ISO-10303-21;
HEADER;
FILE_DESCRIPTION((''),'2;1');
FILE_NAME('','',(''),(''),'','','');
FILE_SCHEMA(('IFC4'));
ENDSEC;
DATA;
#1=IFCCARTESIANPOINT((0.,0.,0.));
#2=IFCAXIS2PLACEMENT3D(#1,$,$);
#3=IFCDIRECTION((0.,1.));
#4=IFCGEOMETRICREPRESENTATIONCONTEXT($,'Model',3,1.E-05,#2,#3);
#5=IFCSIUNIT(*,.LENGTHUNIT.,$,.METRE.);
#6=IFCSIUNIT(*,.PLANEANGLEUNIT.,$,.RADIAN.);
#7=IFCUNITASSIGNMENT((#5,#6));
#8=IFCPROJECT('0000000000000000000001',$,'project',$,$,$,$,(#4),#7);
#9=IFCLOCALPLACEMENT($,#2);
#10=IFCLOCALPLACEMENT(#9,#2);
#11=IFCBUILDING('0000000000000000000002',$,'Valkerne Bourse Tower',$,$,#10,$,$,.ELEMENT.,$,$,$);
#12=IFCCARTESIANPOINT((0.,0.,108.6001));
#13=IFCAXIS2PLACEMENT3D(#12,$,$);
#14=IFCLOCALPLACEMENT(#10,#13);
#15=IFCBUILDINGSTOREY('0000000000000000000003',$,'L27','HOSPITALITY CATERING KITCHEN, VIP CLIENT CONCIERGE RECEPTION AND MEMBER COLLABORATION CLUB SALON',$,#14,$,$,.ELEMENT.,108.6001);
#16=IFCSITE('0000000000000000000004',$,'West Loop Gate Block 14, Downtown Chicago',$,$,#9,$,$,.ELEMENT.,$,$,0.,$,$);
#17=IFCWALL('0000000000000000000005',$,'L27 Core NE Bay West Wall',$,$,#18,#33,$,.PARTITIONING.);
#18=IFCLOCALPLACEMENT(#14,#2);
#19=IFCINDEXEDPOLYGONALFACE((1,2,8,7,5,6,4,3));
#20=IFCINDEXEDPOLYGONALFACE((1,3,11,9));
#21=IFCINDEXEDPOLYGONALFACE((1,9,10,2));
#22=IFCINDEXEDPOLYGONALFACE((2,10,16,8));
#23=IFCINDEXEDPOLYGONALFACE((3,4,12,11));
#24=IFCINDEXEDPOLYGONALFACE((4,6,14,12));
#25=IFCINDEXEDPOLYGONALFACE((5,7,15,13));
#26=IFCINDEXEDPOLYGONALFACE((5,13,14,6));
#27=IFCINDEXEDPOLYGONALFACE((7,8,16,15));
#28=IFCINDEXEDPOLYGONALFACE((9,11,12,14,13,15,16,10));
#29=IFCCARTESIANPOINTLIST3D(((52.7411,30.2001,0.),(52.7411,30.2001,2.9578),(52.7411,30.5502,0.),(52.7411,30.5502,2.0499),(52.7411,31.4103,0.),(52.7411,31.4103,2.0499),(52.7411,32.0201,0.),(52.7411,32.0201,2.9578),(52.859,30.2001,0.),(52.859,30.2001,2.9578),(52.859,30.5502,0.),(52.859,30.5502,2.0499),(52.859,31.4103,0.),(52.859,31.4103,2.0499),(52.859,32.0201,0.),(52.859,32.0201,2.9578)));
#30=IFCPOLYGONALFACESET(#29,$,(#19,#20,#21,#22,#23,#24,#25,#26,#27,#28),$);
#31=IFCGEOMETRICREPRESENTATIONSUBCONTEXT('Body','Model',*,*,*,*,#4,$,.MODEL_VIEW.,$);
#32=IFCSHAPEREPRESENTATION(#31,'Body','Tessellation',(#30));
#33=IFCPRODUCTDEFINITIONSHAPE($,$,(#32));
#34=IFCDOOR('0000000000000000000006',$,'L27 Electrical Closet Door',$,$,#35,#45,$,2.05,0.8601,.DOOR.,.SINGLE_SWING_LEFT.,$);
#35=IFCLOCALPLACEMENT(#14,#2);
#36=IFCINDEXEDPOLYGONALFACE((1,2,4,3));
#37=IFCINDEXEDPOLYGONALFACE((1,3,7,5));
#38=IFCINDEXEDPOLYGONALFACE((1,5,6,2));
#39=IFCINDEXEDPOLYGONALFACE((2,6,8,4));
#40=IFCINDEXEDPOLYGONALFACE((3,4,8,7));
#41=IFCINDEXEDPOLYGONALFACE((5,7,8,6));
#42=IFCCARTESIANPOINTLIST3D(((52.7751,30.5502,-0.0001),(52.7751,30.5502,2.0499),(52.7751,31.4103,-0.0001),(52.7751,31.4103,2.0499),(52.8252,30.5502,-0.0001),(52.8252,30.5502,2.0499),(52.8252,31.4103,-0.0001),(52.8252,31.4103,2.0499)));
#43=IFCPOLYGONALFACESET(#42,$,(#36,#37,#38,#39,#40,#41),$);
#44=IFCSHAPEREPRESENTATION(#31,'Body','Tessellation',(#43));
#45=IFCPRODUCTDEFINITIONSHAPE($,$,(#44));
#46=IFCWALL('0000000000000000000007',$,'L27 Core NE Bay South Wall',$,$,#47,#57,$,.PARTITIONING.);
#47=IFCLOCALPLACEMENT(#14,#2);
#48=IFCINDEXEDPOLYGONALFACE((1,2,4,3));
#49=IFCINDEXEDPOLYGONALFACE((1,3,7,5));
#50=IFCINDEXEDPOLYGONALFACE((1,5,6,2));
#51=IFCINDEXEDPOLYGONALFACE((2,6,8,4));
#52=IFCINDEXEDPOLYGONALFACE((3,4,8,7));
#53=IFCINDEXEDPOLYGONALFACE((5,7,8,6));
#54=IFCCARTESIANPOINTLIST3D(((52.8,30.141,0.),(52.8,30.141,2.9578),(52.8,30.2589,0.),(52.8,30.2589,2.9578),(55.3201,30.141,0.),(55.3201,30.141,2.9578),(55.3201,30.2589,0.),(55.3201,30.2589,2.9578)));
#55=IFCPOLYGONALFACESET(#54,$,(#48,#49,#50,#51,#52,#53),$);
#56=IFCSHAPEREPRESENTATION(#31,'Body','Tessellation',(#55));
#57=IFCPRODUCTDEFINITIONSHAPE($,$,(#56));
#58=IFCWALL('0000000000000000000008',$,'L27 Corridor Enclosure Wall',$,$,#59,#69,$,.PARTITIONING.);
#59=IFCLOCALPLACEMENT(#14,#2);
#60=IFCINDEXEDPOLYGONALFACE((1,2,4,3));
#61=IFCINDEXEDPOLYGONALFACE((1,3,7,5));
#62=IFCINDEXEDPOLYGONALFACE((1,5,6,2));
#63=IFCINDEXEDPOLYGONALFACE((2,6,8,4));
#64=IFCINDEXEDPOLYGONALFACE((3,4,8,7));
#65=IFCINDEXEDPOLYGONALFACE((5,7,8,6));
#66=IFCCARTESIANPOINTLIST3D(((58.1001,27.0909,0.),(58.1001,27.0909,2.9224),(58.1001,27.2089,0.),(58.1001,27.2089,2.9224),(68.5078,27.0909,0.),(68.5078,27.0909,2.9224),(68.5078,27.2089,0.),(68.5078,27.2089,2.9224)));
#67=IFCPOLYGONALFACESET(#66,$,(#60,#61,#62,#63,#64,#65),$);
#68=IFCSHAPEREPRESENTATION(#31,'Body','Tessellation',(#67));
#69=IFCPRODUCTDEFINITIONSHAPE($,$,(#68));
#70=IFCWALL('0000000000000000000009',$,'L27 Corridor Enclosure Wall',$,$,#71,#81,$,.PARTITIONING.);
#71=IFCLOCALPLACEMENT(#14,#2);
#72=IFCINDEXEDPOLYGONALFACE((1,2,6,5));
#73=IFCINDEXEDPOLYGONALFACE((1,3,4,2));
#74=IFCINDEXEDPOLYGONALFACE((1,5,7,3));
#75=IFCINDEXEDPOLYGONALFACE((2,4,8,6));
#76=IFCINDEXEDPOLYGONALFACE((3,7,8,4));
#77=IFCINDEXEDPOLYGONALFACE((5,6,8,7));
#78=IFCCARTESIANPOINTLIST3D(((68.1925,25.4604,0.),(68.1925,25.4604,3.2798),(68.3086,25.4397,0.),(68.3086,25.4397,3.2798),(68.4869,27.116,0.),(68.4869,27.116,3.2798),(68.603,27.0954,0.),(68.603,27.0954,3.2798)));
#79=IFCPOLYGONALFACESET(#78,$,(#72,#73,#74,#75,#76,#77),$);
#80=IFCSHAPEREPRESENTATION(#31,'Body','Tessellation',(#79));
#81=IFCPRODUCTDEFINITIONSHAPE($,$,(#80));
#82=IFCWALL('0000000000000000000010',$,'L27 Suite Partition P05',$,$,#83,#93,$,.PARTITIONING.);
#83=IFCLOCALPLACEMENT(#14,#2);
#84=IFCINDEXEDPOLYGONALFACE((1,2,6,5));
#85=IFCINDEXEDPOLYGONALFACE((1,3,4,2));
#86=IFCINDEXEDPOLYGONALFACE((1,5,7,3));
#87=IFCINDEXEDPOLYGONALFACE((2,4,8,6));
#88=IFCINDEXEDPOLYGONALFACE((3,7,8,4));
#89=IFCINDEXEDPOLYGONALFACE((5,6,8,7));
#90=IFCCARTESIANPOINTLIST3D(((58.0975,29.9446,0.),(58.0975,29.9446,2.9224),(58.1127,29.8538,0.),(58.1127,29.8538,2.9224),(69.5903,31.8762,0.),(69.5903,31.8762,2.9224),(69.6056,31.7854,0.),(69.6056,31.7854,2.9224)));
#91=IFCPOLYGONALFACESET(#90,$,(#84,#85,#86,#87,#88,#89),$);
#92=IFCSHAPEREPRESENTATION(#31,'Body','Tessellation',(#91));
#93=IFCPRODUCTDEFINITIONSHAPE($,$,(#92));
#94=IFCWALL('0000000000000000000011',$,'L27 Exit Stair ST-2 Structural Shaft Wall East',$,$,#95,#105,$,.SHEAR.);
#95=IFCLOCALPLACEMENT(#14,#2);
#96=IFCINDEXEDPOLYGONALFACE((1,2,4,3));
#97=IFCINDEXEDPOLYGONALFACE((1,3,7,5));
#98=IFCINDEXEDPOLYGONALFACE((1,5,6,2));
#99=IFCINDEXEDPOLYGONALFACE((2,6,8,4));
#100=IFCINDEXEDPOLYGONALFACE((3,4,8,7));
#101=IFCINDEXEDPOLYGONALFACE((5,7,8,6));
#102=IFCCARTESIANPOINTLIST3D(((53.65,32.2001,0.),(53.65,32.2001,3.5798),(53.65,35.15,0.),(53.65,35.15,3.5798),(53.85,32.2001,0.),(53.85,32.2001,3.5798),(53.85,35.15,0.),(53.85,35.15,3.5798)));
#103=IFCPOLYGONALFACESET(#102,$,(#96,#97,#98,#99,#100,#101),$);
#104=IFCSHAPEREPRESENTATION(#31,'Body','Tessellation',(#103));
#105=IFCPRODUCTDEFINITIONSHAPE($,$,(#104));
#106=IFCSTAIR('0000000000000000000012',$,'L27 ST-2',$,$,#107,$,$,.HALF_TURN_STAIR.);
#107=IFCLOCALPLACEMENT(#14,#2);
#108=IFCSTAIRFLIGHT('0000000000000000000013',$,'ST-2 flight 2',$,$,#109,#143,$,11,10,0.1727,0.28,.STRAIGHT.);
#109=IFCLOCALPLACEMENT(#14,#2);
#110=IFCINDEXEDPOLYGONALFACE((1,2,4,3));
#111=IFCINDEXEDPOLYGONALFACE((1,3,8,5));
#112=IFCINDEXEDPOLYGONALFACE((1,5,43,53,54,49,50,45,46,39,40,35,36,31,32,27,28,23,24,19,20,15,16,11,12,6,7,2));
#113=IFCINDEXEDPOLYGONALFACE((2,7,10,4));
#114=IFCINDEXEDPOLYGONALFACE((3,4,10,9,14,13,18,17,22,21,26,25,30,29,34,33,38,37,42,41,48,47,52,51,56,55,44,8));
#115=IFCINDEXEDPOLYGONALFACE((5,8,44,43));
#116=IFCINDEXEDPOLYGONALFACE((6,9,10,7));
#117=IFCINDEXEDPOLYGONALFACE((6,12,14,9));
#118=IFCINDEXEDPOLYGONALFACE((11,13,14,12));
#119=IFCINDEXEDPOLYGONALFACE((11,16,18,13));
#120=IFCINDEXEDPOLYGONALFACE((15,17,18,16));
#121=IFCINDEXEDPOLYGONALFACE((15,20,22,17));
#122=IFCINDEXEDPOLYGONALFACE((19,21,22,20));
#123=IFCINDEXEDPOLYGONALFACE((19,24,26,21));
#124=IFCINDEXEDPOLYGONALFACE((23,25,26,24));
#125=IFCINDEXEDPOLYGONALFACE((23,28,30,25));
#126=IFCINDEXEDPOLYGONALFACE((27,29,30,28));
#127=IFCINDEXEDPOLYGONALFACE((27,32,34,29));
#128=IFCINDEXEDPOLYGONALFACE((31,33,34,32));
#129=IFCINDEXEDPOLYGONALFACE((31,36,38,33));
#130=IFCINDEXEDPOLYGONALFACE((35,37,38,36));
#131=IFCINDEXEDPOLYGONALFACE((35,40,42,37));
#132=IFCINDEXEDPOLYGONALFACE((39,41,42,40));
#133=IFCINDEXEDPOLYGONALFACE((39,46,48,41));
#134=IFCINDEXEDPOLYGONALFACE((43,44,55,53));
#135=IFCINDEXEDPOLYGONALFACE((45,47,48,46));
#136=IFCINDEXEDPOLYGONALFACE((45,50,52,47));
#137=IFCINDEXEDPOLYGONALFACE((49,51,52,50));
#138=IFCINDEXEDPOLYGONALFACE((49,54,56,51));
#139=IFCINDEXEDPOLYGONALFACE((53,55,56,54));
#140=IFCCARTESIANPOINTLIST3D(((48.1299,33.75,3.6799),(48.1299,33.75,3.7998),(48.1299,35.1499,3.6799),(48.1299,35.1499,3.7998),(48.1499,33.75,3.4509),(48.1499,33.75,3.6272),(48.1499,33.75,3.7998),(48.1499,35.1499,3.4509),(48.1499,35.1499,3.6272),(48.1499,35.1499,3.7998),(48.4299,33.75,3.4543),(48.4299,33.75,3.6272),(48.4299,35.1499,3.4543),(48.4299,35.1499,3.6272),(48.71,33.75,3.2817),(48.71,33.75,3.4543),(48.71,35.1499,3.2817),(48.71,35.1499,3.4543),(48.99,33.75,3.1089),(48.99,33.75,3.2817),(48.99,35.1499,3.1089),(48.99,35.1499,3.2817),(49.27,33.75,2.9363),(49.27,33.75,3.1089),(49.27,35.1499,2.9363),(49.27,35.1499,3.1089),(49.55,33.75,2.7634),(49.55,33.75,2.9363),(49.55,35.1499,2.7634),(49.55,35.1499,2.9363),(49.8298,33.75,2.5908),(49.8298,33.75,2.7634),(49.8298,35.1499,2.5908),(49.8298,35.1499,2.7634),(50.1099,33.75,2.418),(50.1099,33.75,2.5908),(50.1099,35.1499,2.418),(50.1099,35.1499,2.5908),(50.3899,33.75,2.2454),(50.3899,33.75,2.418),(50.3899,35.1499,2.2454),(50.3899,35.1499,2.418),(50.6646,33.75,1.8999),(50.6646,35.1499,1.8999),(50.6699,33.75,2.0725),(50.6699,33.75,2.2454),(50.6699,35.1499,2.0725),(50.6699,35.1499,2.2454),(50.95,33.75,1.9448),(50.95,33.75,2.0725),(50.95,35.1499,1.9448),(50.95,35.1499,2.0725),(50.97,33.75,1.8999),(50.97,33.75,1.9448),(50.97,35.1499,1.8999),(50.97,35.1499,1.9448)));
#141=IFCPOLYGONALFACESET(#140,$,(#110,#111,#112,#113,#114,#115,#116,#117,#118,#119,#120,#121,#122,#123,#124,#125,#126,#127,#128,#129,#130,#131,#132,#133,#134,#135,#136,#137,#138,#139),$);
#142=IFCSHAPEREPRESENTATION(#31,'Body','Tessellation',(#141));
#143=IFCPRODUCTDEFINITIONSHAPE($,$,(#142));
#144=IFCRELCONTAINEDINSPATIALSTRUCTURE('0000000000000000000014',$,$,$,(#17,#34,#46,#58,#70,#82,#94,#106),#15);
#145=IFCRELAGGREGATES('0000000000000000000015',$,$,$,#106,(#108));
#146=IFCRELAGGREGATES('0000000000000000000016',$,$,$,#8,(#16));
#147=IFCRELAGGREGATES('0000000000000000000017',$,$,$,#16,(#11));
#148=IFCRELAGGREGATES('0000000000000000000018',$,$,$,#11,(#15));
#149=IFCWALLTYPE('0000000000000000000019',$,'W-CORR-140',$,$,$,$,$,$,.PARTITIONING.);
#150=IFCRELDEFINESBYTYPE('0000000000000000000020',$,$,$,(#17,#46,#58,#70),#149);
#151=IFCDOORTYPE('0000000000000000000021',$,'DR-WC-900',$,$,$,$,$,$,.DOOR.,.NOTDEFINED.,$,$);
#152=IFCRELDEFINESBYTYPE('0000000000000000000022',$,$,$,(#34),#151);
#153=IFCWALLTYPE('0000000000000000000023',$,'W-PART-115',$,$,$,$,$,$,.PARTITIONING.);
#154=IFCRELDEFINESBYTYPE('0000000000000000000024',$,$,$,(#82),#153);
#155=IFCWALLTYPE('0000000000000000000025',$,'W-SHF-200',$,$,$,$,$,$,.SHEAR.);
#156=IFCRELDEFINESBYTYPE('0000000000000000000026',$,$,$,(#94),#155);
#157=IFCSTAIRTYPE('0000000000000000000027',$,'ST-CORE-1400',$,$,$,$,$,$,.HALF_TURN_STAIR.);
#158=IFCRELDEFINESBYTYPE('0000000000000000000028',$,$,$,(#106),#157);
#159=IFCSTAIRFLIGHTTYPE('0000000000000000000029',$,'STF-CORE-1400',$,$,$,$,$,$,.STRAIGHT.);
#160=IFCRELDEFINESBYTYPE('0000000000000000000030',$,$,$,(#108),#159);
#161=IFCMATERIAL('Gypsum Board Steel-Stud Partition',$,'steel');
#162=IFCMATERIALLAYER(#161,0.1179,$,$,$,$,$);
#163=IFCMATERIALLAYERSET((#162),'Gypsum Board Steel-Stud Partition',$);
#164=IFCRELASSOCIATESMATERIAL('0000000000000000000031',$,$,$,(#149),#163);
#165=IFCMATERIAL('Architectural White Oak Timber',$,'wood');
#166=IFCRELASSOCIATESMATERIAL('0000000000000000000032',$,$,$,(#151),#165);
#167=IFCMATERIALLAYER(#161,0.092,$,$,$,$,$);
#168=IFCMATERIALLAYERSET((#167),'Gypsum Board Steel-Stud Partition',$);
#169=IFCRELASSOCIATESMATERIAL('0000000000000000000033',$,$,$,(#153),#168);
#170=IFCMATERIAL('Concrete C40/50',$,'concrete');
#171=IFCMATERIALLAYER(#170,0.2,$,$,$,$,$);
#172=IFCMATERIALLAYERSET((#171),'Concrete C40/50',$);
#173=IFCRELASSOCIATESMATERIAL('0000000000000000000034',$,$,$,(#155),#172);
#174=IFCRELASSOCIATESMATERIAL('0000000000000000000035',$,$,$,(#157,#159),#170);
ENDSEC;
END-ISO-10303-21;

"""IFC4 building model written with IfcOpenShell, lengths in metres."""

from ifc_helpers import new_model, si_unit, direction, frame, frame_2d, origin, place, context, subcontext, project, spatial, polyline, rectangle, outline, extrude, material, layer, layer_set, type_object, element, fill, aggregate, save


model = new_model("IFC4")

# Units and contexts
model_context = context("Model", 3, precision=1e-05, world=origin(), true_north=direction((0.0, 1.0)))
body_context = subcontext(model_context, "Body", "Model", "MODEL_VIEW")
ifc_project = project(units=[si_unit("LENGTHUNIT", "METRE"), si_unit("PLANEANGLEUNIT", "RADIAN")], contexts=[model_context])

# Site, building, storey
site_placement = place(None, origin())
site = spatial("IfcSite", under=ifc_project, at=site_placement, Name="West Loop Gate Block 14, Downtown Chicago", CompositionType="ELEMENT", RefElevation=0.0)
building_placement = place(site_placement, origin())
building = spatial("IfcBuilding", under=site, at=building_placement, Name="Valkerne Bourse Tower", CompositionType="ELEMENT")
storey_placement = place(building_placement, frame((0.0, 0.0, 108.6001)))
storey = spatial("IfcBuildingStorey", under=building, at=storey_placement, Name="L27", Description="HOSPITALITY CATERING KITCHEN, VIP CLIENT CONCIERGE RECEPTION AND MEMBER COLLABORATION CLUB SALON", CompositionType="ELEMENT", Elevation=108.6001)

# Wall, opening, door
ifc_material_1 = material(Name="Gypsum Board Steel-Stud Partition", Category="steel")
ifc_layer_1 = layer(ifc_material_1, 0.1179)
ifc_layer_set_1 = layer_set([ifc_layer_1], Name="Gypsum Board Steel-Stud Partition")
wall_type_1 = type_object("IfcWallType", Name="W-CORR-140", PredefinedType="PARTITIONING", material=ifc_layer_set_1)
wall_1_placement = place(storey_placement, frame((52.8, 30.2, 0.0), z_axis=(0.0, 0.0, 1.0), x_axis=(0.0, 1.0, 0.0)))
wall_1 = element("IfcWall", 1, at=wall_1_placement, inside=storey, type_object=wall_type_1, Name="L27 Core NE Bay West Wall", PredefinedType="PARTITIONING", context=body_context, shape_type="SweptSolid", body=[
    extrude(rectangle(XDim=1.8201, YDim=0.1179, at=frame_2d((0.9102, 0.0))), origin(), (0.0, 0.0, 1.0), 2.9578),
])
opening_placement = place(wall_1_placement, frame((0.3501, 0.0, 0.0)))
opening = element("IfcOpeningElement", 2, at=opening_placement, cuts=wall_1, PredefinedType="OPENING", context=body_context, shape_type="SweptSolid", body=[
    extrude(rectangle(XDim=0.8601, YDim=2.05, at=frame_2d((0.4302, 1.0249))), frame((0.0, 0.0688, 0.0), z_axis=(0.0, -1.0, 0.0), x_axis=(1.0, 0.0, 0.0)), (0.0, 0.0, 1.0), 0.1379),
])
ifc_material_2 = material(Name="Architectural White Oak Timber", Category="wood")
door_type = type_object("IfcDoorType", Name="DR-WC-900", OperationType="NOTDEFINED", PredefinedType="DOOR", material=ifc_material_2)
door_placement = place(opening_placement, origin())
door = element("IfcDoor", 3, at=door_placement, inside=storey, type_object=door_type, Name="L27 Electrical Closet Door", OperationType="SINGLE_SWING_LEFT", OverallHeight=2.05, OverallWidth=0.8601, PredefinedType="DOOR", context=body_context, shape_type="SweptSolid", body=[
    extrude(rectangle(XDim=0.8601, YDim=2.05, at=frame_2d((0.4302, 1.0249))), frame((0.0, 0.0249, 0.0), z_axis=(0.0, -1.0, 0.0), x_axis=(1.0, 0.0, 0.0)), (0.0, 0.0, 1.0), 0.05),
])
fill(opening, door)

# Walls
wall_2_placement = place(storey_placement, frame((52.8, 30.2, 0.0), z_axis=(0.0, 0.0, 1.0), x_axis=(1.0, 0.0, 0.0)))
element("IfcWall", 4, at=wall_2_placement, inside=storey, type_object=wall_type_1, Name="L27 Core NE Bay South Wall", PredefinedType="PARTITIONING", context=body_context, shape_type="SweptSolid", body=[
    extrude(rectangle(XDim=2.52, YDim=0.1179, at=frame_2d((1.26, 0.0))), origin(), (0.0, 0.0, 1.0), 2.9578),
])
wall_3_placement = place(storey_placement, frame((58.1001, 27.1499, 0.0), z_axis=(0.0, 0.0, 1.0), x_axis=(1.0, 0.0, 0.0)))
element("IfcWall", 5, at=wall_3_placement, inside=storey, type_object=wall_type_1, Name="L27 Corridor Enclosure Wall", PredefinedType="PARTITIONING", context=body_context, shape_type="SweptSolid", body=[
    extrude(rectangle(XDim=10.4077, YDim=0.1179, at=frame_2d((5.2039, 0.0))), origin(), (0.0, 0.0, 1.0), 2.9224),
])
wall_4_placement = place(storey_placement, frame((68.5449, 27.1057, 0.0), z_axis=(0.0, 0.0, 1.0), x_axis=(-0.175077, -0.984555, 0.0)))
element("IfcWall", 6, at=wall_4_placement, inside=storey, type_object=wall_type_1, Name="L27 Corridor Enclosure Wall", PredefinedType="PARTITIONING", context=body_context, shape_type="SweptSolid", body=[
    extrude(rectangle(XDim=1.6816, YDim=0.1179, at=frame_2d((0.8408, 0.0))), origin(), (0.0, 0.0, 1.0), 3.2798),
])
ifc_layer_2 = layer(ifc_material_1, 0.092)
ifc_layer_set_2 = layer_set([ifc_layer_2], Name="Gypsum Board Steel-Stud Partition")
wall_type_2 = type_object("IfcWallType", Name="W-PART-115", PredefinedType="PARTITIONING", material=ifc_layer_set_2)
wall_5_placement = place(storey_placement, frame((58.105, 29.8992, 0.0), z_axis=(0.0, 0.0, 1.0), x_axis=(0.986168, 0.165747, 0.0)))
element("IfcWall", 7, at=wall_5_placement, inside=storey, type_object=wall_type_2, Name="L27 Suite Partition P05", PredefinedType="PARTITIONING", context=body_context, shape_type="SweptSolid", body=[
    extrude(rectangle(XDim=11.6541, YDim=0.092, at=frame_2d((5.8271, 0.0))), origin(), (0.0, 0.0, 1.0), 2.9224),
])
ifc_material_3 = material(Name="Concrete C40/50", Category="concrete")
ifc_layer_3 = layer(ifc_material_3, 0.2)
ifc_layer_set_3 = layer_set([ifc_layer_3], Name="Concrete C40/50")
wall_type_3 = type_object("IfcWallType", Name="W-SHF-200", PredefinedType="SHEAR", material=ifc_layer_set_3)
wall_6_placement = place(storey_placement, frame((53.75, 32.2, 0.0), z_axis=(0.0, 0.0, 1.0), x_axis=(0.0, 1.0, 0.0)))
element("IfcWall", 8, at=wall_6_placement, inside=storey, type_object=wall_type_3, Name="L27 Exit Stair ST-2 Structural Shaft Wall East", PredefinedType="SHEAR", context=body_context, shape_type="SweptSolid", body=[
    extrude(rectangle(XDim=2.95, YDim=0.2, at=frame_2d((1.4751, 0.0))), origin(), (0.0, 0.0, 1.0), 3.5798),
])

# Stair, stair flight
stair_type = type_object("IfcStairType", Name="ST-CORE-1400", PredefinedType="HALF_TURN_STAIR", material=ifc_material_3)
stair_placement = place(storey_placement, origin())
stair = element("IfcStair", 9, at=stair_placement, inside=storey, type_object=stair_type, Name="L27 ST-2", PredefinedType="HALF_TURN_STAIR")
stair_flight_type = type_object("IfcStairFlightType", Name="STF-CORE-1400", PredefinedType="STRAIGHT", material=ifc_material_3)
stair_flight_placement = place(storey_placement, frame((50.95, 34.45, 1.8999), z_axis=(0.0, 0.0, 1.0), x_axis=(-1.0, 0.0, 0.0)))
stair_flight = element("IfcStairFlight", 10, at=stair_flight_placement, type_object=stair_flight_type, Name="ST-2 flight 2", NumberOfRisers=11, NumberOfTreads=10, PredefinedType="STRAIGHT", RiserHeight=0.1727, TreadLength=0.28, context=body_context, shape_type="SweptSolid", body=[
    extrude(outline(polyline([(-0.02, 0.0), (-0.02, 0.0449), (0.0, 0.0449), (0.0, 0.1726), (0.28, 0.1726), (0.28, 0.3455), (0.5601, 0.3455), (0.5601, 0.5181), (0.8401, 0.5181), (0.8401, 0.6909), (1.1201, 0.6909), (1.1201, 0.8635), (1.3999, 0.8635), (1.3999, 1.0364), (1.6799, 1.0364), (1.6799, 1.209), (1.96, 1.209), (1.96, 1.3818), (2.24, 1.3818), (2.24, 1.5544), (2.52, 1.5544), (2.52, 1.7273), (2.8, 1.7273), (2.8, 1.8999), (2.8201, 1.8999), (2.8201, 1.78), (2.8, 1.551), (0.2854, 0.0), (-0.02, 0.0)])), frame((0.0, 0.7, 0.0), z_axis=(0.0, -1.0, 0.0), x_axis=(1.0, 0.0, 0.0)), (0.0, 0.0, 1.0), 1.3999),
])
aggregate(stair, [stair_flight])

save(model, "model.ifc")
